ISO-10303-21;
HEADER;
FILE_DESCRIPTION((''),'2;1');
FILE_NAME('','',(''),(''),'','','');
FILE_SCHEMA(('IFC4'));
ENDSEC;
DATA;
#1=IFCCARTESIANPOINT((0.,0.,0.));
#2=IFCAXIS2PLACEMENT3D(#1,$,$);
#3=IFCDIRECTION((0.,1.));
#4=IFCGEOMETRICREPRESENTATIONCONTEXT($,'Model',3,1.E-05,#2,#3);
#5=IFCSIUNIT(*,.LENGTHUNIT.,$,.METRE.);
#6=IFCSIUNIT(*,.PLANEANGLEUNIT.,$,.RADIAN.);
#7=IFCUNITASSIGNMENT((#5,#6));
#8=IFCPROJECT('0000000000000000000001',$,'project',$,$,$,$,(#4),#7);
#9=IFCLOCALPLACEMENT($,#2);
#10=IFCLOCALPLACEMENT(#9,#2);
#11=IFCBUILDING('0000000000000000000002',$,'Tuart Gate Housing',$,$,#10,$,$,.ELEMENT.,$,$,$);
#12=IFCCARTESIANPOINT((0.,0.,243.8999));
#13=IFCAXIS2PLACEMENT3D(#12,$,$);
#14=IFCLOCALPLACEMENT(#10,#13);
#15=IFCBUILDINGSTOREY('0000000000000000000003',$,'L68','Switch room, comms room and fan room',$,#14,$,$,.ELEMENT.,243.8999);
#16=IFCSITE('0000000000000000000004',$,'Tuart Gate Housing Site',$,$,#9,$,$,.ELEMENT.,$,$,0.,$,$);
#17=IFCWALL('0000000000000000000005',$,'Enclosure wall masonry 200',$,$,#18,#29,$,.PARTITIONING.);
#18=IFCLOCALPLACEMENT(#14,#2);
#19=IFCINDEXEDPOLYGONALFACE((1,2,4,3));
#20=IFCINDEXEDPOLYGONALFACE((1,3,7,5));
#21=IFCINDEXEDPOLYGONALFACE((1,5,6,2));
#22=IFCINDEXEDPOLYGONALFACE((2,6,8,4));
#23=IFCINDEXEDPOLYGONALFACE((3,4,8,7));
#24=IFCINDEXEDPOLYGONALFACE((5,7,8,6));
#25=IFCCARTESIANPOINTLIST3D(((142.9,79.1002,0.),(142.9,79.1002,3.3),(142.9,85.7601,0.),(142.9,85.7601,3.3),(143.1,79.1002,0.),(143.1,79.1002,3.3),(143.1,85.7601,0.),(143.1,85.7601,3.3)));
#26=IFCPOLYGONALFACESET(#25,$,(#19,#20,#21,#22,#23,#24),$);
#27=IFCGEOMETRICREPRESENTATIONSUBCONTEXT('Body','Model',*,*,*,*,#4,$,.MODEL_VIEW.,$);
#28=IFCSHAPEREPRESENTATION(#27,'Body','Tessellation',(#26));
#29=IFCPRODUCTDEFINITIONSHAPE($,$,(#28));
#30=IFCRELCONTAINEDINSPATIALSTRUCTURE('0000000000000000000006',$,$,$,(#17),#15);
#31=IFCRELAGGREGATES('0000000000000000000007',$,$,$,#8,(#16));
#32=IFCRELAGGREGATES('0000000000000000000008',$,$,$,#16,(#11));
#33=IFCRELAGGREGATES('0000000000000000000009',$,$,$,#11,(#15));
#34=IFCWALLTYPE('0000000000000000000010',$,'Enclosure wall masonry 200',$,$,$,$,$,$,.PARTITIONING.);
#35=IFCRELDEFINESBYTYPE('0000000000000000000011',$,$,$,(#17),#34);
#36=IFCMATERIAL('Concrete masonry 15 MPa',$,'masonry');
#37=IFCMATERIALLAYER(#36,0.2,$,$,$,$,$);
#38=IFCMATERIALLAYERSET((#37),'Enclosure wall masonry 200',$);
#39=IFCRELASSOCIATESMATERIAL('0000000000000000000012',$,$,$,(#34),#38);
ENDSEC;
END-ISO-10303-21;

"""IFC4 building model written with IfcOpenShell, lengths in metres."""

from ifc_helpers import new_model, si_unit, direction, frame, frame_2d, origin, place, context, subcontext, project, spatial, rectangle, extrude, material, layer, layer_set, type_object, element, save


model = new_model("IFC4")

# Units and contexts
model_context = context("Model", 3, precision=1e-05, world=origin(), true_north=direction((0.0, 1.0)))
body_context = subcontext(model_context, "Body", "Model", "MODEL_VIEW")
ifc_project = project(units=[si_unit("LENGTHUNIT", "METRE"), si_unit("PLANEANGLEUNIT", "RADIAN")], contexts=[model_context])

# Site, building, storey
site_placement = place(None, origin())
site = spatial("IfcSite", under=ifc_project, at=site_placement, Name="Tuart Gate Housing Site", CompositionType="ELEMENT", RefElevation=0.0)
building_placement = place(site_placement, origin())
building = spatial("IfcBuilding", under=site, at=building_placement, Name="Tuart Gate Housing", CompositionType="ELEMENT")
storey_placement = place(building_placement, frame((0.0, 0.0, 243.8999)))
storey = spatial("IfcBuildingStorey", under=building, at=storey_placement, Name="L68", Description="Switch room, comms room and fan room", CompositionType="ELEMENT", Elevation=243.8999)

# Shared definitions
ifc_material_1 = material(Name="Concrete masonry 15 MPa", Category="masonry")
ifc_layer_1 = layer(ifc_material_1, 0.2)
ifc_layer_set_1 = layer_set([ifc_layer_1], Name="Enclosure wall masonry 200")
wall_type_1 = type_object("IfcWallType", Name="Enclosure wall masonry 200", PredefinedType="PARTITIONING", material=ifc_layer_set_1)

# Wall
for number, where, z_axis, x_axis, name in (
    (1, (143.0, 79.1001, 0.0), (0.0, 0.0, 1.0), (0.0, 1.0, 0.0), "Enclosure wall masonry 200"),
):
    element("IfcWall", number, at=place(storey_placement, frame(where, z_axis=z_axis, x_axis=x_axis)), inside=storey, type_object=wall_type_1, Name=name, PredefinedType="PARTITIONING", context=body_context, shape_type="SweptSolid", body=[
        extrude(rectangle(XDim=6.6599, YDim=0.2, at=frame_2d((3.3301, 0.0))), origin(), (0.0, 0.0, 1.0), 3.3),
    ])

save(model, "model.ifc")
